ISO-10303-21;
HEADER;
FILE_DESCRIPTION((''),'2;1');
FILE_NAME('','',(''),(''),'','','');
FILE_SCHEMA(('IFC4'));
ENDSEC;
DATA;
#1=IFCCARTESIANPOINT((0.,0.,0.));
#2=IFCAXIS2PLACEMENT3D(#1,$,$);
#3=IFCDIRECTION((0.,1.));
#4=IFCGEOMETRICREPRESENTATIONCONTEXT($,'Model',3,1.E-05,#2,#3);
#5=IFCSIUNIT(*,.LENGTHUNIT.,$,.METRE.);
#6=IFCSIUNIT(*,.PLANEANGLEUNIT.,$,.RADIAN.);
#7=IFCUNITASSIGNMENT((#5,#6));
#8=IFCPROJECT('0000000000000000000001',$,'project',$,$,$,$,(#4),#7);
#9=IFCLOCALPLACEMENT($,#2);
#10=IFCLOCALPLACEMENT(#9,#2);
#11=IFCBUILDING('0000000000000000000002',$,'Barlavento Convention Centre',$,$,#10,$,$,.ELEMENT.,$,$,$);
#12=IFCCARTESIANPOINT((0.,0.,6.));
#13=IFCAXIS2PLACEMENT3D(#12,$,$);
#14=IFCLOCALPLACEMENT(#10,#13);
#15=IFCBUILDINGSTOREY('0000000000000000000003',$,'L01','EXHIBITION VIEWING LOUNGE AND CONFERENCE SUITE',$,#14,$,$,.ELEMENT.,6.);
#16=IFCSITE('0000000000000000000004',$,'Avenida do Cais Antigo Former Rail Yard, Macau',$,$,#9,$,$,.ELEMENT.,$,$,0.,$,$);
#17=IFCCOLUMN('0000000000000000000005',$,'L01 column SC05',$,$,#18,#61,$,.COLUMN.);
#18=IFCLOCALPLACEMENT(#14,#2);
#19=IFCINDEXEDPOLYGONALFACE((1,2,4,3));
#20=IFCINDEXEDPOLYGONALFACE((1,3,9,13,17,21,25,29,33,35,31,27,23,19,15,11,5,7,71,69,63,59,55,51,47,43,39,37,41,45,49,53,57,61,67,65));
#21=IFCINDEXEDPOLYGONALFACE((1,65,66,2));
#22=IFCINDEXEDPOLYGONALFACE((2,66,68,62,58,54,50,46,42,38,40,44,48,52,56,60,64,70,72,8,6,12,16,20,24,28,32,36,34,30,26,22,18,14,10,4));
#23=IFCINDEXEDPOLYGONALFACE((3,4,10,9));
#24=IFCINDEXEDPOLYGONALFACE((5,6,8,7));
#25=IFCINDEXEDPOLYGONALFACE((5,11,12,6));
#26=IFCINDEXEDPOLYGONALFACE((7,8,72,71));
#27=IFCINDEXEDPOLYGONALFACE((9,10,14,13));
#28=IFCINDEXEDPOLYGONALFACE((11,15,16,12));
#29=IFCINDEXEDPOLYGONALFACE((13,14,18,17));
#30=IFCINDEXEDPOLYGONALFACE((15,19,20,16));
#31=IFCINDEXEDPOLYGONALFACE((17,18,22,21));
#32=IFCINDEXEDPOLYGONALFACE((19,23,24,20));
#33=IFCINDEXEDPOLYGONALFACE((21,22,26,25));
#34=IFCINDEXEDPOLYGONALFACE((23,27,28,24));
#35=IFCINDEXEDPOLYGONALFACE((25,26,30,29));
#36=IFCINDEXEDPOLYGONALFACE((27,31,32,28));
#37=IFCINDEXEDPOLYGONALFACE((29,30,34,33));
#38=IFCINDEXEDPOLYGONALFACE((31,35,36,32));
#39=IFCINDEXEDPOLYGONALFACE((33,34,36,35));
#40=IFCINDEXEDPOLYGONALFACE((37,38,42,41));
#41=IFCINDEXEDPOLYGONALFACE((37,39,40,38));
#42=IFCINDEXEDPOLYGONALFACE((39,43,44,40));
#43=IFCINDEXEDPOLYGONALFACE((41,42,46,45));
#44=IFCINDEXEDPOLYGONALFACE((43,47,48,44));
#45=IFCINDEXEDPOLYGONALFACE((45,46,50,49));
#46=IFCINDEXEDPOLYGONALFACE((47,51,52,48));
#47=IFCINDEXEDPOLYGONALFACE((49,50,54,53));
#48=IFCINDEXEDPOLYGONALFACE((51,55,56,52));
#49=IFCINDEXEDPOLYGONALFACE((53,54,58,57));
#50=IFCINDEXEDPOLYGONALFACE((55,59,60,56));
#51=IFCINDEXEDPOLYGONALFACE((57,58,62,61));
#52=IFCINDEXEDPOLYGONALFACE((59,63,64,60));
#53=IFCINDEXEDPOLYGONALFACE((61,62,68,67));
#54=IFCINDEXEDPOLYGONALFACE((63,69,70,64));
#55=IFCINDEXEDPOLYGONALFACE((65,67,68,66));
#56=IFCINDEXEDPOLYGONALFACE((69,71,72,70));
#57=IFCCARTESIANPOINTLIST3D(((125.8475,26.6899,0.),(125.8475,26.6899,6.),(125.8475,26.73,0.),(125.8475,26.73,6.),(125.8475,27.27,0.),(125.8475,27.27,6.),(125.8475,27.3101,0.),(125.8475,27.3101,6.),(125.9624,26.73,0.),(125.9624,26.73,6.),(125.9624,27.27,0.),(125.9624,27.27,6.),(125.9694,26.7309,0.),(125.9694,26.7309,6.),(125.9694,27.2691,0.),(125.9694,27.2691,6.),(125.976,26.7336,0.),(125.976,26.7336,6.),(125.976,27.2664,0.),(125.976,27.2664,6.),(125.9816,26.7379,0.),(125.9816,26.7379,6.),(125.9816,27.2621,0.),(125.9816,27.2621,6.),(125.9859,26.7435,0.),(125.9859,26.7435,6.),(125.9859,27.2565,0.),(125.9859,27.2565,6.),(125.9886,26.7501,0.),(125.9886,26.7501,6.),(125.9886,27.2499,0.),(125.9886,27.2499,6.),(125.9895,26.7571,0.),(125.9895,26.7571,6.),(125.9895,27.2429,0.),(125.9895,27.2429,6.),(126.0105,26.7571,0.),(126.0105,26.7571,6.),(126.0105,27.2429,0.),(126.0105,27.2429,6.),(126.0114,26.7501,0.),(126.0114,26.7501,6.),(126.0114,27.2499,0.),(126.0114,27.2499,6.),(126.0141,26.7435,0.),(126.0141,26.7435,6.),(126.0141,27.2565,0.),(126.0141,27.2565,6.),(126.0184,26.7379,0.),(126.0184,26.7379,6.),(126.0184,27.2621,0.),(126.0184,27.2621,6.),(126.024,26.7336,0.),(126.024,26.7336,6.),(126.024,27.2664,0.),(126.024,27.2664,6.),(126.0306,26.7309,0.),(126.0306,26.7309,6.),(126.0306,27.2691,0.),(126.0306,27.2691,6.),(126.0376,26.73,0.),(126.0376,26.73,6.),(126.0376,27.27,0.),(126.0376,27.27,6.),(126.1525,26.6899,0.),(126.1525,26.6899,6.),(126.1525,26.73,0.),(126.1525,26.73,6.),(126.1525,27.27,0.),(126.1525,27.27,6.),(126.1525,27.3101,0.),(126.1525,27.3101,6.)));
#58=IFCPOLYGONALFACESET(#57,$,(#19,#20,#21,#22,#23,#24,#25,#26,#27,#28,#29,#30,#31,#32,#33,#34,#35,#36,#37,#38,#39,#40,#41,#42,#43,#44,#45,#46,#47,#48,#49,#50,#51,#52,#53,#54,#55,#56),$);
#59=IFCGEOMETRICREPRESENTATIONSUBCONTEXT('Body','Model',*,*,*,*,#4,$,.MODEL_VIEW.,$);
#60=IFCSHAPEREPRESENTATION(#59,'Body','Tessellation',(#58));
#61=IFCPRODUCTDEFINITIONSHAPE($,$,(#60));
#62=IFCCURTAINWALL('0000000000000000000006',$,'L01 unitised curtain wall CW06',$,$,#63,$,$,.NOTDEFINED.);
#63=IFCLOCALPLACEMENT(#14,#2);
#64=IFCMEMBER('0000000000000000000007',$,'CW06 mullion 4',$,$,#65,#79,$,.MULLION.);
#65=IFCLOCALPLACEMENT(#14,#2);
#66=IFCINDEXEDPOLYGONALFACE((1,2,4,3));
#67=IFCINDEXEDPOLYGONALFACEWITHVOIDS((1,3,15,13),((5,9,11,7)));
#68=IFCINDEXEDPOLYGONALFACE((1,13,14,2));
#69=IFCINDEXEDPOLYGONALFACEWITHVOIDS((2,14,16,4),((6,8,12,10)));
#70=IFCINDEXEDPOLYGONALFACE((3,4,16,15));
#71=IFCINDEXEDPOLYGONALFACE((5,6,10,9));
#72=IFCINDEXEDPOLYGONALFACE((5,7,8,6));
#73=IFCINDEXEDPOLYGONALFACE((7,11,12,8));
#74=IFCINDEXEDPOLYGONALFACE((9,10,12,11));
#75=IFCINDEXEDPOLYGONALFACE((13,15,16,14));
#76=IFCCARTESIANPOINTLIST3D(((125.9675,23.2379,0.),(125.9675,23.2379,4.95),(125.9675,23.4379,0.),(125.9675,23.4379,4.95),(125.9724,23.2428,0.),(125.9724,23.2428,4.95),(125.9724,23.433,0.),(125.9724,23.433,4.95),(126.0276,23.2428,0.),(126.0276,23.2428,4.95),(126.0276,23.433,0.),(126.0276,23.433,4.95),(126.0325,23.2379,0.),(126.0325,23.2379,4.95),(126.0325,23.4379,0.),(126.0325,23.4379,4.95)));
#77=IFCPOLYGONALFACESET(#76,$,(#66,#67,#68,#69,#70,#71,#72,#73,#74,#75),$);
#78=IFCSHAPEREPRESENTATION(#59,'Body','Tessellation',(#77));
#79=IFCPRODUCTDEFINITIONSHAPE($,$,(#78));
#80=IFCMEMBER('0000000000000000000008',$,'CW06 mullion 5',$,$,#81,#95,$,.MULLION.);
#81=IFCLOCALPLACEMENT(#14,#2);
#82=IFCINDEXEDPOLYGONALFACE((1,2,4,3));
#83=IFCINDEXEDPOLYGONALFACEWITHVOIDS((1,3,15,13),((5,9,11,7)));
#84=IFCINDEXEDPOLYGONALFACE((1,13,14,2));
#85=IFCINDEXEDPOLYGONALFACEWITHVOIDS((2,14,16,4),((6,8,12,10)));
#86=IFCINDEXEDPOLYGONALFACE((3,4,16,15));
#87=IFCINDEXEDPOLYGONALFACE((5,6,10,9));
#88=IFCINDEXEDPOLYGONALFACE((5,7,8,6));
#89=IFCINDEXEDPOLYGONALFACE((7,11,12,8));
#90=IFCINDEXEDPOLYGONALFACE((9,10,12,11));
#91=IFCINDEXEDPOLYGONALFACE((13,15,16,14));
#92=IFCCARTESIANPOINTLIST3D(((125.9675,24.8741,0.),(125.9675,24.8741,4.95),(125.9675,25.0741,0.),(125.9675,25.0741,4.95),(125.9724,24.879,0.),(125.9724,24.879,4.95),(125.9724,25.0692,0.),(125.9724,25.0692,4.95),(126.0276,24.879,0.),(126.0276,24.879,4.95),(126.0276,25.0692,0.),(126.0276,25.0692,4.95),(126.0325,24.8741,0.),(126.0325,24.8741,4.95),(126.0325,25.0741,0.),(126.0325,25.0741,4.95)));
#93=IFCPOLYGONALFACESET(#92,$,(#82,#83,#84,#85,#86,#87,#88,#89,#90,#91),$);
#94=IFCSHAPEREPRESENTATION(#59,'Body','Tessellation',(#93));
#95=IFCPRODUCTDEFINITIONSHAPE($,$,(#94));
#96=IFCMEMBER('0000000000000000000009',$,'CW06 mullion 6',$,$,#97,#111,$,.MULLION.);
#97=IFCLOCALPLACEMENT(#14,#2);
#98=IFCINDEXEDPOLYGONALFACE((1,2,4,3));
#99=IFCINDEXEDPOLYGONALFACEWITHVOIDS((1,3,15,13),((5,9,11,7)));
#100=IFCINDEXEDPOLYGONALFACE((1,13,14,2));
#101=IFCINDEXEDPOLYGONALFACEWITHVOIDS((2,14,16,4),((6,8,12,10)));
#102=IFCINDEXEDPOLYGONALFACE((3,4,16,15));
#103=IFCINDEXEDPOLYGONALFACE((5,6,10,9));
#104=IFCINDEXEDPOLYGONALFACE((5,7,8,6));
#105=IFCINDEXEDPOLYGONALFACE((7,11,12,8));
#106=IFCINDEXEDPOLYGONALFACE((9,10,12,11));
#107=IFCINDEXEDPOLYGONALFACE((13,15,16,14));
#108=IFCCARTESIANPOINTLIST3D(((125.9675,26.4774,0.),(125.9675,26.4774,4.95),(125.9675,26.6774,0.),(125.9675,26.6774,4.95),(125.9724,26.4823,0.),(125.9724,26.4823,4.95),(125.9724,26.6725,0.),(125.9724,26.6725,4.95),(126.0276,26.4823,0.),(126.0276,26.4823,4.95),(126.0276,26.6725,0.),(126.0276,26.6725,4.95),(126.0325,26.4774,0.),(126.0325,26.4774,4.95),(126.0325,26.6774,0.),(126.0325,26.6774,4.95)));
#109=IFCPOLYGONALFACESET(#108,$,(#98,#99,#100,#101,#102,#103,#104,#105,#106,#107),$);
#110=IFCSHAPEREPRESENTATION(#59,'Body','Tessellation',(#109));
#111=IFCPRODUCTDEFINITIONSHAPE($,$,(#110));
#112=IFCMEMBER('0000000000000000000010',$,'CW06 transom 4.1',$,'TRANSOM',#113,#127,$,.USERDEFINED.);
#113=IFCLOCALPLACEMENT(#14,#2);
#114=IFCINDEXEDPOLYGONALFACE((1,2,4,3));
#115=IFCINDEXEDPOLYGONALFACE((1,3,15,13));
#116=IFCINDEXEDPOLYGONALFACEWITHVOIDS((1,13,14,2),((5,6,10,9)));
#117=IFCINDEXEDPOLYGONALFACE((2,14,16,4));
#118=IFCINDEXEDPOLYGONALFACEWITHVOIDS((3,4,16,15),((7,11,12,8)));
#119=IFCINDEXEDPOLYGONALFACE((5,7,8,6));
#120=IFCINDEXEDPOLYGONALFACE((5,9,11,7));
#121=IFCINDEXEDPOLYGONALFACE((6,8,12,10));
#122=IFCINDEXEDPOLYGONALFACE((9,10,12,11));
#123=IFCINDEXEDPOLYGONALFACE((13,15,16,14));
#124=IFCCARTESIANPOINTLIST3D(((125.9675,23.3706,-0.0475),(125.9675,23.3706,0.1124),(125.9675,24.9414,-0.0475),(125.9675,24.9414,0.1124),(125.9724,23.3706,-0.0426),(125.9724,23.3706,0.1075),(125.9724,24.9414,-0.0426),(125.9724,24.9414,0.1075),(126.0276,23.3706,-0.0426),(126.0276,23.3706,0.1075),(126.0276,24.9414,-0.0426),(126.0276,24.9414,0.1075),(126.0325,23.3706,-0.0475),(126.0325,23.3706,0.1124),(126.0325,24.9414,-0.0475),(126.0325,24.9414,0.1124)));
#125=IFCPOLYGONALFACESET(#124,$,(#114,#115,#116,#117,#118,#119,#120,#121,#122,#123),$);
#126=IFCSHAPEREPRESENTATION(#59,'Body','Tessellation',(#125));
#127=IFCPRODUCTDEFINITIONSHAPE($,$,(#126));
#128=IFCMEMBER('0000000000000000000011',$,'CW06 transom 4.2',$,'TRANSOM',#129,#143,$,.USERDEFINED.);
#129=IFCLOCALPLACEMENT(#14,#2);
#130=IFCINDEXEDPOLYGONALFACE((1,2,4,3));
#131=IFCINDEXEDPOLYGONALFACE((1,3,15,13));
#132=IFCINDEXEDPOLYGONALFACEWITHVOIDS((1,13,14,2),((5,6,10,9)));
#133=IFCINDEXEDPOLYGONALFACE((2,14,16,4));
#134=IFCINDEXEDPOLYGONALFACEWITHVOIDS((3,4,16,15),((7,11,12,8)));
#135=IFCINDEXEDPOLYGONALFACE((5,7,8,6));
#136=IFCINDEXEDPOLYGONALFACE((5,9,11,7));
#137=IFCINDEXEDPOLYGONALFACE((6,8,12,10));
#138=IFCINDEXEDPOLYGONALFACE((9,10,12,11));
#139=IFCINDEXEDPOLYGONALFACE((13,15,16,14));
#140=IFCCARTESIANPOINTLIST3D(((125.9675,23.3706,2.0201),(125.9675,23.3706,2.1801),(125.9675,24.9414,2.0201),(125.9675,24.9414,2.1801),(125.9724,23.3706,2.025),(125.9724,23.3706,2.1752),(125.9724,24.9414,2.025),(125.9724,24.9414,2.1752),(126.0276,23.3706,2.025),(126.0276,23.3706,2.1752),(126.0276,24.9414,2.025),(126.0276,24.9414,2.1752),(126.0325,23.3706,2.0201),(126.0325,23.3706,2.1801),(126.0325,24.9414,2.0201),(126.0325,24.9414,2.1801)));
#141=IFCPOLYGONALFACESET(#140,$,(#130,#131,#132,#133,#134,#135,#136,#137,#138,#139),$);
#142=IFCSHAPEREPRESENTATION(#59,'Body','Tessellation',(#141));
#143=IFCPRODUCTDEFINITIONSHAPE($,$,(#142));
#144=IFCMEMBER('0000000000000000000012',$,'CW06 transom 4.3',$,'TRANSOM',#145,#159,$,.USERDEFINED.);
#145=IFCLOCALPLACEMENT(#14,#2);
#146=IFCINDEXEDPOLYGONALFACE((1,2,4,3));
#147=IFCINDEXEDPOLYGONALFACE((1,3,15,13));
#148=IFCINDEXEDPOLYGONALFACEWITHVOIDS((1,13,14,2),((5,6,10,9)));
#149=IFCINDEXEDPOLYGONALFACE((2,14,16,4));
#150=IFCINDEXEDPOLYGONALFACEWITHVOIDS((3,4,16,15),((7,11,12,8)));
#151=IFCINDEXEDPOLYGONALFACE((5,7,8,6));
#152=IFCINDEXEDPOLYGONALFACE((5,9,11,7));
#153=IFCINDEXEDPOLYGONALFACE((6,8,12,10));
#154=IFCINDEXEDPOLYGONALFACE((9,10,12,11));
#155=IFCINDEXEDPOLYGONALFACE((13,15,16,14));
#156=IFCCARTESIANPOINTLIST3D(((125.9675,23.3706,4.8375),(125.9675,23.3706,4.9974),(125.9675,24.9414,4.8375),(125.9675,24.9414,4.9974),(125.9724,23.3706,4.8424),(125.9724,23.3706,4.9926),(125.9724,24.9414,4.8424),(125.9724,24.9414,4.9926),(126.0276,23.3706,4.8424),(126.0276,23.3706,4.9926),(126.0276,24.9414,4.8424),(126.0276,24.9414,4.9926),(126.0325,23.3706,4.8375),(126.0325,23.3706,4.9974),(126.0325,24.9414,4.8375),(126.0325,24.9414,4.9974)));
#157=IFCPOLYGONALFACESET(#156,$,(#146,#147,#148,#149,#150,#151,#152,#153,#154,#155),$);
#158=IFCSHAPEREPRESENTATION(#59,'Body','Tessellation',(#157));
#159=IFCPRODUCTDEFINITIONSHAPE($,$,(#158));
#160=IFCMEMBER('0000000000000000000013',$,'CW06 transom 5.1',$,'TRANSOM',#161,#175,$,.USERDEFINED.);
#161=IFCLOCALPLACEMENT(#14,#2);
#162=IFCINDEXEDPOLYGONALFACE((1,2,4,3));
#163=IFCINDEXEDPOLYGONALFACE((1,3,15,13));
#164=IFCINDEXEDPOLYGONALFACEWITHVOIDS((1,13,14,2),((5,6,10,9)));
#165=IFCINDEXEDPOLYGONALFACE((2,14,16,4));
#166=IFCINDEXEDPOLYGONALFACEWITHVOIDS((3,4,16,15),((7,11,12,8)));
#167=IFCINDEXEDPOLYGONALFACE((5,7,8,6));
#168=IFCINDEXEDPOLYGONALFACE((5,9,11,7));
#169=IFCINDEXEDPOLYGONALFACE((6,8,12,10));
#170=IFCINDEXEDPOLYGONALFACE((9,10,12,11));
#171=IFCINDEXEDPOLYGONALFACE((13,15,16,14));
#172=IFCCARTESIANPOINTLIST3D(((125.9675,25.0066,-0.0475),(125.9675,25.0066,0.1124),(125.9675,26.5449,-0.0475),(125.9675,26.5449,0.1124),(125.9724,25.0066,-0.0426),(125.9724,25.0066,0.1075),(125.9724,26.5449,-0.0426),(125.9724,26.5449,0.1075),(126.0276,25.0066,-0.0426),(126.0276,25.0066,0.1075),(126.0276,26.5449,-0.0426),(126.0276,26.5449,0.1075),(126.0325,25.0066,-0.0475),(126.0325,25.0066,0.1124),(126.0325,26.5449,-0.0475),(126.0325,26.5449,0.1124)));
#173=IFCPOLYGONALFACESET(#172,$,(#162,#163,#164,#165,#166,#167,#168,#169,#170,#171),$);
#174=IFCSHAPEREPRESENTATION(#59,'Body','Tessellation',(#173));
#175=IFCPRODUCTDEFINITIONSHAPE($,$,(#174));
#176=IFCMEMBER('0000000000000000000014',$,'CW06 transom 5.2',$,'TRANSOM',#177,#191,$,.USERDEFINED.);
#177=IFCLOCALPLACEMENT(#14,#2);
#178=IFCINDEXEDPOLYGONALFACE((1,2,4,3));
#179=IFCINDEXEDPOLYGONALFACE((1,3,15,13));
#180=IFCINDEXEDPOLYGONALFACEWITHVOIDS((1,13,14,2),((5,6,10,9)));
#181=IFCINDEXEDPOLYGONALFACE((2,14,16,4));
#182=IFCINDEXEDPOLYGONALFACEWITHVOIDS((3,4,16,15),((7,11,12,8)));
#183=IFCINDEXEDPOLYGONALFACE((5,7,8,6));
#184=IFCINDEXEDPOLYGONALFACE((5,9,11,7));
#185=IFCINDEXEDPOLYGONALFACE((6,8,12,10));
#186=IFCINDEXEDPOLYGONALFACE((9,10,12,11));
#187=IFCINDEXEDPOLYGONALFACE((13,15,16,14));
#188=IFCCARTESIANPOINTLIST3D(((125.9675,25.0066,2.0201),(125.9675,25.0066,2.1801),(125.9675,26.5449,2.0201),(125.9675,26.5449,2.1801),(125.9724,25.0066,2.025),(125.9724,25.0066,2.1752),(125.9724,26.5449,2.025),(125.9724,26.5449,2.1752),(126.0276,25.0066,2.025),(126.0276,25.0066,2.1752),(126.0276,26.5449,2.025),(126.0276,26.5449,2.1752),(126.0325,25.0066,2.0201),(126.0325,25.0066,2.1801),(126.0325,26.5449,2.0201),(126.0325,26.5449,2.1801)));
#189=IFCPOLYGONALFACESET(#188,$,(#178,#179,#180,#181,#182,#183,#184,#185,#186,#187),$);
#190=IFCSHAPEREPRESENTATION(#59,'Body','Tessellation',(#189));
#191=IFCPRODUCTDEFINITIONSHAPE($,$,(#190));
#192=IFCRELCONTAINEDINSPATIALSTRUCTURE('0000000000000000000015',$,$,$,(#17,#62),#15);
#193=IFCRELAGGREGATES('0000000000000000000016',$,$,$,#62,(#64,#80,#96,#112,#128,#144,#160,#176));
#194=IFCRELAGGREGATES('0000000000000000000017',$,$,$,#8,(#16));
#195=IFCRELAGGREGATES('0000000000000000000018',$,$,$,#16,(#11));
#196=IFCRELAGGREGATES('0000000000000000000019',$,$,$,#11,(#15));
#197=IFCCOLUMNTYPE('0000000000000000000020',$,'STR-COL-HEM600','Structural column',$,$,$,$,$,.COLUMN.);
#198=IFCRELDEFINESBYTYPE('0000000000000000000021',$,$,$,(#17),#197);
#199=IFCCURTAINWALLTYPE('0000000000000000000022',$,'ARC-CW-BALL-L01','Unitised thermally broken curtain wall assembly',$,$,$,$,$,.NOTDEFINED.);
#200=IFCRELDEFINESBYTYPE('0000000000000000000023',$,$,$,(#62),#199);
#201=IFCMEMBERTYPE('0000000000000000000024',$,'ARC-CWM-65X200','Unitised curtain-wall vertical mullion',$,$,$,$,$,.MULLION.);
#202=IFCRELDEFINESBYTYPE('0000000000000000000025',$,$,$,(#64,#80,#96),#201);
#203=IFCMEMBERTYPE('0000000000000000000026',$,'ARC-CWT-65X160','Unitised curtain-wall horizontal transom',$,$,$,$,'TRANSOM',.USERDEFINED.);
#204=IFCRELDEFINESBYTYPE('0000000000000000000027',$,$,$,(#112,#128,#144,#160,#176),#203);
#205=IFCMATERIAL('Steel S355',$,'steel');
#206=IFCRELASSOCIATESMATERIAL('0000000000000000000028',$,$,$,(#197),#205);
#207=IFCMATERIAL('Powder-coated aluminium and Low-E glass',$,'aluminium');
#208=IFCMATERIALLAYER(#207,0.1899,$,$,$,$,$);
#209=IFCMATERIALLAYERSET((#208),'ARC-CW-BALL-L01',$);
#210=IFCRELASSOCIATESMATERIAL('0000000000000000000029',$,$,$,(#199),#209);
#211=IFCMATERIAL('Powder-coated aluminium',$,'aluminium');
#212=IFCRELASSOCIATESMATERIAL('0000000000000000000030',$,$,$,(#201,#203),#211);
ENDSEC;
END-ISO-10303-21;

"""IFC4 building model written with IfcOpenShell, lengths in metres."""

from ifc_helpers import new_model, si_unit, direction, frame, origin, origin_2d, place, context, subcontext, project, spatial, hollow_rectangle, i_section, extrude, material, layer, layer_set, material_profile, profile_set, type_object, element, aggregate, save


model = new_model("IFC4")

# Units and contexts
model_context = context("Model", 3, precision=1e-05, world=origin(), true_north=direction((0.0, 1.0)))
body_context = subcontext(model_context, "Body", "Model", "MODEL_VIEW")
ifc_project = project(units=[si_unit("LENGTHUNIT", "METRE"), si_unit("PLANEANGLEUNIT", "RADIAN")], contexts=[model_context])

# Site, building, storey
site_placement = place(None, origin())
site = spatial("IfcSite", under=ifc_project, at=site_placement, Name="Avenida do Cais Antigo Former Rail Yard, Macau", CompositionType="ELEMENT", RefElevation=0.0)
building_placement = place(site_placement, origin())
building = spatial("IfcBuilding", under=site, at=building_placement, Name="Barlavento Convention Centre", CompositionType="ELEMENT")
storey_placement = place(building_placement, frame((0.0, 0.0, 6.0)))
storey = spatial("IfcBuildingStorey", under=building, at=storey_placement, Name="L01", Description="EXHIBITION VIEWING LOUNGE AND CONFERENCE SUITE", CompositionType="ELEMENT", Elevation=6.0)

# Column
ifc_material_1 = material(Name="Steel S355", Category="steel")
ifc_material_profile_1 = material_profile(ifc_material_1, i_section(OverallWidth=0.3049, OverallDepth=0.6201, WebThickness=0.021, FlangeThickness=0.04, FilletRadius=0.0271, at=origin_2d()), Name="HEM 600")
ifc_profile_set_1 = profile_set([ifc_material_profile_1], Name="Steel S355")
column_type = type_object("IfcColumnType", Name="STR-COL-HEM600", Description="Structural column", PredefinedType="COLUMN", material=ifc_profile_set_1)
column_placement = place(storey_placement, frame((126.0, 27.0, 0.0), z_axis=(0.0, 0.0, 1.0), x_axis=(1.0, 0.0, 0.0)))
element("IfcColumn", 1, at=column_placement, inside=storey, type_object=column_type, Name="L01 column SC05", PredefinedType="COLUMN", context=body_context, shape_type="SweptSolid", body=[
    extrude(i_section(OverallWidth=0.3049, OverallDepth=0.6201, WebThickness=0.021, FlangeThickness=0.04, FilletRadius=0.0271, at=origin_2d()), origin(), (0.0, 0.0, 1.0), 6.0),
])

# Curtain wall, members
ifc_material_2 = material(Name="Powder-coated aluminium and Low-E glass", Category="aluminium")
ifc_layer_1 = layer(ifc_material_2, 0.1899)
ifc_layer_set_1 = layer_set([ifc_layer_1], Name="ARC-CW-BALL-L01")
curtain_wall_type = type_object("IfcCurtainWallType", Name="ARC-CW-BALL-L01", Description="Unitised thermally broken curtain wall assembly", PredefinedType="NOTDEFINED", material=ifc_layer_set_1)
curtain_wall_placement = place(storey_placement, origin())
curtain_wall = element("IfcCurtainWall", 2, at=curtain_wall_placement, inside=storey, type_object=curtain_wall_type, Name="L01 unitised curtain wall CW06", PredefinedType="NOTDEFINED")
ifc_material_3 = material(Name="Powder-coated aluminium", Category="aluminium")
ifc_material_profile_2 = material_profile(ifc_material_3, hollow_rectangle(XDim=0.0649, YDim=0.2, WallThickness=0.0049, at=origin_2d()), Name="AL-MULL 65x200x5")
ifc_profile_set_2 = profile_set([ifc_material_profile_2], Name="Powder-coated aluminium")
member_type_1 = type_object("IfcMemberType", Name="ARC-CWM-65X200", Description="Unitised curtain-wall vertical mullion", PredefinedType="MULLION", material=ifc_profile_set_2)
member_1_placement = place(storey_placement, frame((126.0, 23.3379, 0.0), z_axis=(0.0, 0.0, 1.0), x_axis=(-1.0, 0.0, 0.0)))
member_1 = element("IfcMember", 3, at=member_1_placement, type_object=member_type_1, Name="CW06 mullion 4", PredefinedType="MULLION", context=body_context, shape_type="SweptSolid", body=[
    extrude(hollow_rectangle(XDim=0.0649, YDim=0.2, WallThickness=0.0049, at=origin_2d()), origin(), (0.0, 0.0, 1.0), 4.95),
])
member_2_placement = place(storey_placement, frame((126.0, 24.9741, 0.0), z_axis=(0.0, 0.0, 1.0), x_axis=(-1.0, 0.0, 0.0)))
member_2 = element("IfcMember", 4, at=member_2_placement, type_object=member_type_1, Name="CW06 mullion 5", PredefinedType="MULLION", context=body_context, shape_type="SweptSolid", body=[
    extrude(hollow_rectangle(XDim=0.0649, YDim=0.2, WallThickness=0.0049, at=origin_2d()), origin(), (0.0, 0.0, 1.0), 4.95),
])
member_3_placement = place(storey_placement, frame((126.0, 26.5774, 0.0), z_axis=(0.0, 0.0, 1.0), x_axis=(-1.0, 0.0, 0.0)))
member_3 = element("IfcMember", 5, at=member_3_placement, type_object=member_type_1, Name="CW06 mullion 6", PredefinedType="MULLION", context=body_context, shape_type="SweptSolid", body=[
    extrude(hollow_rectangle(XDim=0.0649, YDim=0.2, WallThickness=0.0049, at=origin_2d()), origin(), (0.0, 0.0, 1.0), 4.95),
])
ifc_material_profile_3 = material_profile(ifc_material_3, hollow_rectangle(XDim=0.0649, YDim=0.1599, WallThickness=0.0049, at=origin_2d()), Name="AL-TRAN 65x160x5")
ifc_profile_set_3 = profile_set([ifc_material_profile_3], Name="Powder-coated aluminium")
member_type_2 = type_object("IfcMemberType", Name="ARC-CWT-65X160", Description="Unitised curtain-wall horizontal transom", ElementType="TRANSOM", PredefinedType="USERDEFINED", material=ifc_profile_set_3)
member_4_placement = place(storey_placement, frame((126.0, 23.3706, 0.0325), z_axis=(0.0, 1.0, 0.0), x_axis=(-1.0, 0.0, 0.0)))
member_4 = element("IfcMember", 6, at=member_4_placement, type_object=member_type_2, Name="CW06 transom 4.1", ObjectType="TRANSOM", PredefinedType="USERDEFINED", context=body_context, shape_type="SweptSolid", body=[
    extrude(hollow_rectangle(XDim=0.0649, YDim=0.1599, WallThickness=0.0049, at=origin_2d()), origin(), (0.0, 0.0, 1.0), 1.5708),
])
member_5_placement = place(storey_placement, frame((126.0, 23.3706, 2.1001), z_axis=(0.0, 1.0, 0.0), x_axis=(-1.0, 0.0, 0.0)))
member_5 = element("IfcMember", 7, at=member_5_placement, type_object=member_type_2, Name="CW06 transom 4.2", ObjectType="TRANSOM", PredefinedType="USERDEFINED", context=body_context, shape_type="SweptSolid", body=[
    extrude(hollow_rectangle(XDim=0.0649, YDim=0.1599, WallThickness=0.0049, at=origin_2d()), origin(), (0.0, 0.0, 1.0), 1.5708),
])
member_6_placement = place(storey_placement, frame((126.0, 23.3706, 4.9175), z_axis=(0.0, 1.0, 0.0), x_axis=(-1.0, 0.0, 0.0)))
member_6 = element("IfcMember", 8, at=member_6_placement, type_object=member_type_2, Name="CW06 transom 4.3", ObjectType="TRANSOM", PredefinedType="USERDEFINED", context=body_context, shape_type="SweptSolid", body=[
    extrude(hollow_rectangle(XDim=0.0649, YDim=0.1599, WallThickness=0.0049, at=origin_2d()), origin(), (0.0, 0.0, 1.0), 1.5708),
])
member_7_placement = place(storey_placement, frame((126.0, 25.0066, 0.0325), z_axis=(0.0, 1.0, 0.0), x_axis=(-1.0, 0.0, 0.0)))
member_7 = element("IfcMember", 9, at=member_7_placement, type_object=member_type_2, Name="CW06 transom 5.1", ObjectType="TRANSOM", PredefinedType="USERDEFINED", context=body_context, shape_type="SweptSolid", body=[
    extrude(hollow_rectangle(XDim=0.0649, YDim=0.1599, WallThickness=0.0049, at=origin_2d()), origin(), (0.0, 0.0, 1.0), 1.5383),
])
member_8_placement = place(storey_placement, frame((126.0, 25.0066, 2.1001), z_axis=(0.0, 1.0, 0.0), x_axis=(-1.0, 0.0, 0.0)))
member_8 = element("IfcMember", 10, at=member_8_placement, type_object=member_type_2, Name="CW06 transom 5.2", ObjectType="TRANSOM", PredefinedType="USERDEFINED", context=body_context, shape_type="SweptSolid", body=[
    extrude(hollow_rectangle(XDim=0.0649, YDim=0.1599, WallThickness=0.0049, at=origin_2d()), origin(), (0.0, 0.0, 1.0), 1.5383),
])

aggregate(curtain_wall, [member_1, member_2, member_3, member_4, member_5, member_6, member_7, member_8])

save(model, "model.ifc")
